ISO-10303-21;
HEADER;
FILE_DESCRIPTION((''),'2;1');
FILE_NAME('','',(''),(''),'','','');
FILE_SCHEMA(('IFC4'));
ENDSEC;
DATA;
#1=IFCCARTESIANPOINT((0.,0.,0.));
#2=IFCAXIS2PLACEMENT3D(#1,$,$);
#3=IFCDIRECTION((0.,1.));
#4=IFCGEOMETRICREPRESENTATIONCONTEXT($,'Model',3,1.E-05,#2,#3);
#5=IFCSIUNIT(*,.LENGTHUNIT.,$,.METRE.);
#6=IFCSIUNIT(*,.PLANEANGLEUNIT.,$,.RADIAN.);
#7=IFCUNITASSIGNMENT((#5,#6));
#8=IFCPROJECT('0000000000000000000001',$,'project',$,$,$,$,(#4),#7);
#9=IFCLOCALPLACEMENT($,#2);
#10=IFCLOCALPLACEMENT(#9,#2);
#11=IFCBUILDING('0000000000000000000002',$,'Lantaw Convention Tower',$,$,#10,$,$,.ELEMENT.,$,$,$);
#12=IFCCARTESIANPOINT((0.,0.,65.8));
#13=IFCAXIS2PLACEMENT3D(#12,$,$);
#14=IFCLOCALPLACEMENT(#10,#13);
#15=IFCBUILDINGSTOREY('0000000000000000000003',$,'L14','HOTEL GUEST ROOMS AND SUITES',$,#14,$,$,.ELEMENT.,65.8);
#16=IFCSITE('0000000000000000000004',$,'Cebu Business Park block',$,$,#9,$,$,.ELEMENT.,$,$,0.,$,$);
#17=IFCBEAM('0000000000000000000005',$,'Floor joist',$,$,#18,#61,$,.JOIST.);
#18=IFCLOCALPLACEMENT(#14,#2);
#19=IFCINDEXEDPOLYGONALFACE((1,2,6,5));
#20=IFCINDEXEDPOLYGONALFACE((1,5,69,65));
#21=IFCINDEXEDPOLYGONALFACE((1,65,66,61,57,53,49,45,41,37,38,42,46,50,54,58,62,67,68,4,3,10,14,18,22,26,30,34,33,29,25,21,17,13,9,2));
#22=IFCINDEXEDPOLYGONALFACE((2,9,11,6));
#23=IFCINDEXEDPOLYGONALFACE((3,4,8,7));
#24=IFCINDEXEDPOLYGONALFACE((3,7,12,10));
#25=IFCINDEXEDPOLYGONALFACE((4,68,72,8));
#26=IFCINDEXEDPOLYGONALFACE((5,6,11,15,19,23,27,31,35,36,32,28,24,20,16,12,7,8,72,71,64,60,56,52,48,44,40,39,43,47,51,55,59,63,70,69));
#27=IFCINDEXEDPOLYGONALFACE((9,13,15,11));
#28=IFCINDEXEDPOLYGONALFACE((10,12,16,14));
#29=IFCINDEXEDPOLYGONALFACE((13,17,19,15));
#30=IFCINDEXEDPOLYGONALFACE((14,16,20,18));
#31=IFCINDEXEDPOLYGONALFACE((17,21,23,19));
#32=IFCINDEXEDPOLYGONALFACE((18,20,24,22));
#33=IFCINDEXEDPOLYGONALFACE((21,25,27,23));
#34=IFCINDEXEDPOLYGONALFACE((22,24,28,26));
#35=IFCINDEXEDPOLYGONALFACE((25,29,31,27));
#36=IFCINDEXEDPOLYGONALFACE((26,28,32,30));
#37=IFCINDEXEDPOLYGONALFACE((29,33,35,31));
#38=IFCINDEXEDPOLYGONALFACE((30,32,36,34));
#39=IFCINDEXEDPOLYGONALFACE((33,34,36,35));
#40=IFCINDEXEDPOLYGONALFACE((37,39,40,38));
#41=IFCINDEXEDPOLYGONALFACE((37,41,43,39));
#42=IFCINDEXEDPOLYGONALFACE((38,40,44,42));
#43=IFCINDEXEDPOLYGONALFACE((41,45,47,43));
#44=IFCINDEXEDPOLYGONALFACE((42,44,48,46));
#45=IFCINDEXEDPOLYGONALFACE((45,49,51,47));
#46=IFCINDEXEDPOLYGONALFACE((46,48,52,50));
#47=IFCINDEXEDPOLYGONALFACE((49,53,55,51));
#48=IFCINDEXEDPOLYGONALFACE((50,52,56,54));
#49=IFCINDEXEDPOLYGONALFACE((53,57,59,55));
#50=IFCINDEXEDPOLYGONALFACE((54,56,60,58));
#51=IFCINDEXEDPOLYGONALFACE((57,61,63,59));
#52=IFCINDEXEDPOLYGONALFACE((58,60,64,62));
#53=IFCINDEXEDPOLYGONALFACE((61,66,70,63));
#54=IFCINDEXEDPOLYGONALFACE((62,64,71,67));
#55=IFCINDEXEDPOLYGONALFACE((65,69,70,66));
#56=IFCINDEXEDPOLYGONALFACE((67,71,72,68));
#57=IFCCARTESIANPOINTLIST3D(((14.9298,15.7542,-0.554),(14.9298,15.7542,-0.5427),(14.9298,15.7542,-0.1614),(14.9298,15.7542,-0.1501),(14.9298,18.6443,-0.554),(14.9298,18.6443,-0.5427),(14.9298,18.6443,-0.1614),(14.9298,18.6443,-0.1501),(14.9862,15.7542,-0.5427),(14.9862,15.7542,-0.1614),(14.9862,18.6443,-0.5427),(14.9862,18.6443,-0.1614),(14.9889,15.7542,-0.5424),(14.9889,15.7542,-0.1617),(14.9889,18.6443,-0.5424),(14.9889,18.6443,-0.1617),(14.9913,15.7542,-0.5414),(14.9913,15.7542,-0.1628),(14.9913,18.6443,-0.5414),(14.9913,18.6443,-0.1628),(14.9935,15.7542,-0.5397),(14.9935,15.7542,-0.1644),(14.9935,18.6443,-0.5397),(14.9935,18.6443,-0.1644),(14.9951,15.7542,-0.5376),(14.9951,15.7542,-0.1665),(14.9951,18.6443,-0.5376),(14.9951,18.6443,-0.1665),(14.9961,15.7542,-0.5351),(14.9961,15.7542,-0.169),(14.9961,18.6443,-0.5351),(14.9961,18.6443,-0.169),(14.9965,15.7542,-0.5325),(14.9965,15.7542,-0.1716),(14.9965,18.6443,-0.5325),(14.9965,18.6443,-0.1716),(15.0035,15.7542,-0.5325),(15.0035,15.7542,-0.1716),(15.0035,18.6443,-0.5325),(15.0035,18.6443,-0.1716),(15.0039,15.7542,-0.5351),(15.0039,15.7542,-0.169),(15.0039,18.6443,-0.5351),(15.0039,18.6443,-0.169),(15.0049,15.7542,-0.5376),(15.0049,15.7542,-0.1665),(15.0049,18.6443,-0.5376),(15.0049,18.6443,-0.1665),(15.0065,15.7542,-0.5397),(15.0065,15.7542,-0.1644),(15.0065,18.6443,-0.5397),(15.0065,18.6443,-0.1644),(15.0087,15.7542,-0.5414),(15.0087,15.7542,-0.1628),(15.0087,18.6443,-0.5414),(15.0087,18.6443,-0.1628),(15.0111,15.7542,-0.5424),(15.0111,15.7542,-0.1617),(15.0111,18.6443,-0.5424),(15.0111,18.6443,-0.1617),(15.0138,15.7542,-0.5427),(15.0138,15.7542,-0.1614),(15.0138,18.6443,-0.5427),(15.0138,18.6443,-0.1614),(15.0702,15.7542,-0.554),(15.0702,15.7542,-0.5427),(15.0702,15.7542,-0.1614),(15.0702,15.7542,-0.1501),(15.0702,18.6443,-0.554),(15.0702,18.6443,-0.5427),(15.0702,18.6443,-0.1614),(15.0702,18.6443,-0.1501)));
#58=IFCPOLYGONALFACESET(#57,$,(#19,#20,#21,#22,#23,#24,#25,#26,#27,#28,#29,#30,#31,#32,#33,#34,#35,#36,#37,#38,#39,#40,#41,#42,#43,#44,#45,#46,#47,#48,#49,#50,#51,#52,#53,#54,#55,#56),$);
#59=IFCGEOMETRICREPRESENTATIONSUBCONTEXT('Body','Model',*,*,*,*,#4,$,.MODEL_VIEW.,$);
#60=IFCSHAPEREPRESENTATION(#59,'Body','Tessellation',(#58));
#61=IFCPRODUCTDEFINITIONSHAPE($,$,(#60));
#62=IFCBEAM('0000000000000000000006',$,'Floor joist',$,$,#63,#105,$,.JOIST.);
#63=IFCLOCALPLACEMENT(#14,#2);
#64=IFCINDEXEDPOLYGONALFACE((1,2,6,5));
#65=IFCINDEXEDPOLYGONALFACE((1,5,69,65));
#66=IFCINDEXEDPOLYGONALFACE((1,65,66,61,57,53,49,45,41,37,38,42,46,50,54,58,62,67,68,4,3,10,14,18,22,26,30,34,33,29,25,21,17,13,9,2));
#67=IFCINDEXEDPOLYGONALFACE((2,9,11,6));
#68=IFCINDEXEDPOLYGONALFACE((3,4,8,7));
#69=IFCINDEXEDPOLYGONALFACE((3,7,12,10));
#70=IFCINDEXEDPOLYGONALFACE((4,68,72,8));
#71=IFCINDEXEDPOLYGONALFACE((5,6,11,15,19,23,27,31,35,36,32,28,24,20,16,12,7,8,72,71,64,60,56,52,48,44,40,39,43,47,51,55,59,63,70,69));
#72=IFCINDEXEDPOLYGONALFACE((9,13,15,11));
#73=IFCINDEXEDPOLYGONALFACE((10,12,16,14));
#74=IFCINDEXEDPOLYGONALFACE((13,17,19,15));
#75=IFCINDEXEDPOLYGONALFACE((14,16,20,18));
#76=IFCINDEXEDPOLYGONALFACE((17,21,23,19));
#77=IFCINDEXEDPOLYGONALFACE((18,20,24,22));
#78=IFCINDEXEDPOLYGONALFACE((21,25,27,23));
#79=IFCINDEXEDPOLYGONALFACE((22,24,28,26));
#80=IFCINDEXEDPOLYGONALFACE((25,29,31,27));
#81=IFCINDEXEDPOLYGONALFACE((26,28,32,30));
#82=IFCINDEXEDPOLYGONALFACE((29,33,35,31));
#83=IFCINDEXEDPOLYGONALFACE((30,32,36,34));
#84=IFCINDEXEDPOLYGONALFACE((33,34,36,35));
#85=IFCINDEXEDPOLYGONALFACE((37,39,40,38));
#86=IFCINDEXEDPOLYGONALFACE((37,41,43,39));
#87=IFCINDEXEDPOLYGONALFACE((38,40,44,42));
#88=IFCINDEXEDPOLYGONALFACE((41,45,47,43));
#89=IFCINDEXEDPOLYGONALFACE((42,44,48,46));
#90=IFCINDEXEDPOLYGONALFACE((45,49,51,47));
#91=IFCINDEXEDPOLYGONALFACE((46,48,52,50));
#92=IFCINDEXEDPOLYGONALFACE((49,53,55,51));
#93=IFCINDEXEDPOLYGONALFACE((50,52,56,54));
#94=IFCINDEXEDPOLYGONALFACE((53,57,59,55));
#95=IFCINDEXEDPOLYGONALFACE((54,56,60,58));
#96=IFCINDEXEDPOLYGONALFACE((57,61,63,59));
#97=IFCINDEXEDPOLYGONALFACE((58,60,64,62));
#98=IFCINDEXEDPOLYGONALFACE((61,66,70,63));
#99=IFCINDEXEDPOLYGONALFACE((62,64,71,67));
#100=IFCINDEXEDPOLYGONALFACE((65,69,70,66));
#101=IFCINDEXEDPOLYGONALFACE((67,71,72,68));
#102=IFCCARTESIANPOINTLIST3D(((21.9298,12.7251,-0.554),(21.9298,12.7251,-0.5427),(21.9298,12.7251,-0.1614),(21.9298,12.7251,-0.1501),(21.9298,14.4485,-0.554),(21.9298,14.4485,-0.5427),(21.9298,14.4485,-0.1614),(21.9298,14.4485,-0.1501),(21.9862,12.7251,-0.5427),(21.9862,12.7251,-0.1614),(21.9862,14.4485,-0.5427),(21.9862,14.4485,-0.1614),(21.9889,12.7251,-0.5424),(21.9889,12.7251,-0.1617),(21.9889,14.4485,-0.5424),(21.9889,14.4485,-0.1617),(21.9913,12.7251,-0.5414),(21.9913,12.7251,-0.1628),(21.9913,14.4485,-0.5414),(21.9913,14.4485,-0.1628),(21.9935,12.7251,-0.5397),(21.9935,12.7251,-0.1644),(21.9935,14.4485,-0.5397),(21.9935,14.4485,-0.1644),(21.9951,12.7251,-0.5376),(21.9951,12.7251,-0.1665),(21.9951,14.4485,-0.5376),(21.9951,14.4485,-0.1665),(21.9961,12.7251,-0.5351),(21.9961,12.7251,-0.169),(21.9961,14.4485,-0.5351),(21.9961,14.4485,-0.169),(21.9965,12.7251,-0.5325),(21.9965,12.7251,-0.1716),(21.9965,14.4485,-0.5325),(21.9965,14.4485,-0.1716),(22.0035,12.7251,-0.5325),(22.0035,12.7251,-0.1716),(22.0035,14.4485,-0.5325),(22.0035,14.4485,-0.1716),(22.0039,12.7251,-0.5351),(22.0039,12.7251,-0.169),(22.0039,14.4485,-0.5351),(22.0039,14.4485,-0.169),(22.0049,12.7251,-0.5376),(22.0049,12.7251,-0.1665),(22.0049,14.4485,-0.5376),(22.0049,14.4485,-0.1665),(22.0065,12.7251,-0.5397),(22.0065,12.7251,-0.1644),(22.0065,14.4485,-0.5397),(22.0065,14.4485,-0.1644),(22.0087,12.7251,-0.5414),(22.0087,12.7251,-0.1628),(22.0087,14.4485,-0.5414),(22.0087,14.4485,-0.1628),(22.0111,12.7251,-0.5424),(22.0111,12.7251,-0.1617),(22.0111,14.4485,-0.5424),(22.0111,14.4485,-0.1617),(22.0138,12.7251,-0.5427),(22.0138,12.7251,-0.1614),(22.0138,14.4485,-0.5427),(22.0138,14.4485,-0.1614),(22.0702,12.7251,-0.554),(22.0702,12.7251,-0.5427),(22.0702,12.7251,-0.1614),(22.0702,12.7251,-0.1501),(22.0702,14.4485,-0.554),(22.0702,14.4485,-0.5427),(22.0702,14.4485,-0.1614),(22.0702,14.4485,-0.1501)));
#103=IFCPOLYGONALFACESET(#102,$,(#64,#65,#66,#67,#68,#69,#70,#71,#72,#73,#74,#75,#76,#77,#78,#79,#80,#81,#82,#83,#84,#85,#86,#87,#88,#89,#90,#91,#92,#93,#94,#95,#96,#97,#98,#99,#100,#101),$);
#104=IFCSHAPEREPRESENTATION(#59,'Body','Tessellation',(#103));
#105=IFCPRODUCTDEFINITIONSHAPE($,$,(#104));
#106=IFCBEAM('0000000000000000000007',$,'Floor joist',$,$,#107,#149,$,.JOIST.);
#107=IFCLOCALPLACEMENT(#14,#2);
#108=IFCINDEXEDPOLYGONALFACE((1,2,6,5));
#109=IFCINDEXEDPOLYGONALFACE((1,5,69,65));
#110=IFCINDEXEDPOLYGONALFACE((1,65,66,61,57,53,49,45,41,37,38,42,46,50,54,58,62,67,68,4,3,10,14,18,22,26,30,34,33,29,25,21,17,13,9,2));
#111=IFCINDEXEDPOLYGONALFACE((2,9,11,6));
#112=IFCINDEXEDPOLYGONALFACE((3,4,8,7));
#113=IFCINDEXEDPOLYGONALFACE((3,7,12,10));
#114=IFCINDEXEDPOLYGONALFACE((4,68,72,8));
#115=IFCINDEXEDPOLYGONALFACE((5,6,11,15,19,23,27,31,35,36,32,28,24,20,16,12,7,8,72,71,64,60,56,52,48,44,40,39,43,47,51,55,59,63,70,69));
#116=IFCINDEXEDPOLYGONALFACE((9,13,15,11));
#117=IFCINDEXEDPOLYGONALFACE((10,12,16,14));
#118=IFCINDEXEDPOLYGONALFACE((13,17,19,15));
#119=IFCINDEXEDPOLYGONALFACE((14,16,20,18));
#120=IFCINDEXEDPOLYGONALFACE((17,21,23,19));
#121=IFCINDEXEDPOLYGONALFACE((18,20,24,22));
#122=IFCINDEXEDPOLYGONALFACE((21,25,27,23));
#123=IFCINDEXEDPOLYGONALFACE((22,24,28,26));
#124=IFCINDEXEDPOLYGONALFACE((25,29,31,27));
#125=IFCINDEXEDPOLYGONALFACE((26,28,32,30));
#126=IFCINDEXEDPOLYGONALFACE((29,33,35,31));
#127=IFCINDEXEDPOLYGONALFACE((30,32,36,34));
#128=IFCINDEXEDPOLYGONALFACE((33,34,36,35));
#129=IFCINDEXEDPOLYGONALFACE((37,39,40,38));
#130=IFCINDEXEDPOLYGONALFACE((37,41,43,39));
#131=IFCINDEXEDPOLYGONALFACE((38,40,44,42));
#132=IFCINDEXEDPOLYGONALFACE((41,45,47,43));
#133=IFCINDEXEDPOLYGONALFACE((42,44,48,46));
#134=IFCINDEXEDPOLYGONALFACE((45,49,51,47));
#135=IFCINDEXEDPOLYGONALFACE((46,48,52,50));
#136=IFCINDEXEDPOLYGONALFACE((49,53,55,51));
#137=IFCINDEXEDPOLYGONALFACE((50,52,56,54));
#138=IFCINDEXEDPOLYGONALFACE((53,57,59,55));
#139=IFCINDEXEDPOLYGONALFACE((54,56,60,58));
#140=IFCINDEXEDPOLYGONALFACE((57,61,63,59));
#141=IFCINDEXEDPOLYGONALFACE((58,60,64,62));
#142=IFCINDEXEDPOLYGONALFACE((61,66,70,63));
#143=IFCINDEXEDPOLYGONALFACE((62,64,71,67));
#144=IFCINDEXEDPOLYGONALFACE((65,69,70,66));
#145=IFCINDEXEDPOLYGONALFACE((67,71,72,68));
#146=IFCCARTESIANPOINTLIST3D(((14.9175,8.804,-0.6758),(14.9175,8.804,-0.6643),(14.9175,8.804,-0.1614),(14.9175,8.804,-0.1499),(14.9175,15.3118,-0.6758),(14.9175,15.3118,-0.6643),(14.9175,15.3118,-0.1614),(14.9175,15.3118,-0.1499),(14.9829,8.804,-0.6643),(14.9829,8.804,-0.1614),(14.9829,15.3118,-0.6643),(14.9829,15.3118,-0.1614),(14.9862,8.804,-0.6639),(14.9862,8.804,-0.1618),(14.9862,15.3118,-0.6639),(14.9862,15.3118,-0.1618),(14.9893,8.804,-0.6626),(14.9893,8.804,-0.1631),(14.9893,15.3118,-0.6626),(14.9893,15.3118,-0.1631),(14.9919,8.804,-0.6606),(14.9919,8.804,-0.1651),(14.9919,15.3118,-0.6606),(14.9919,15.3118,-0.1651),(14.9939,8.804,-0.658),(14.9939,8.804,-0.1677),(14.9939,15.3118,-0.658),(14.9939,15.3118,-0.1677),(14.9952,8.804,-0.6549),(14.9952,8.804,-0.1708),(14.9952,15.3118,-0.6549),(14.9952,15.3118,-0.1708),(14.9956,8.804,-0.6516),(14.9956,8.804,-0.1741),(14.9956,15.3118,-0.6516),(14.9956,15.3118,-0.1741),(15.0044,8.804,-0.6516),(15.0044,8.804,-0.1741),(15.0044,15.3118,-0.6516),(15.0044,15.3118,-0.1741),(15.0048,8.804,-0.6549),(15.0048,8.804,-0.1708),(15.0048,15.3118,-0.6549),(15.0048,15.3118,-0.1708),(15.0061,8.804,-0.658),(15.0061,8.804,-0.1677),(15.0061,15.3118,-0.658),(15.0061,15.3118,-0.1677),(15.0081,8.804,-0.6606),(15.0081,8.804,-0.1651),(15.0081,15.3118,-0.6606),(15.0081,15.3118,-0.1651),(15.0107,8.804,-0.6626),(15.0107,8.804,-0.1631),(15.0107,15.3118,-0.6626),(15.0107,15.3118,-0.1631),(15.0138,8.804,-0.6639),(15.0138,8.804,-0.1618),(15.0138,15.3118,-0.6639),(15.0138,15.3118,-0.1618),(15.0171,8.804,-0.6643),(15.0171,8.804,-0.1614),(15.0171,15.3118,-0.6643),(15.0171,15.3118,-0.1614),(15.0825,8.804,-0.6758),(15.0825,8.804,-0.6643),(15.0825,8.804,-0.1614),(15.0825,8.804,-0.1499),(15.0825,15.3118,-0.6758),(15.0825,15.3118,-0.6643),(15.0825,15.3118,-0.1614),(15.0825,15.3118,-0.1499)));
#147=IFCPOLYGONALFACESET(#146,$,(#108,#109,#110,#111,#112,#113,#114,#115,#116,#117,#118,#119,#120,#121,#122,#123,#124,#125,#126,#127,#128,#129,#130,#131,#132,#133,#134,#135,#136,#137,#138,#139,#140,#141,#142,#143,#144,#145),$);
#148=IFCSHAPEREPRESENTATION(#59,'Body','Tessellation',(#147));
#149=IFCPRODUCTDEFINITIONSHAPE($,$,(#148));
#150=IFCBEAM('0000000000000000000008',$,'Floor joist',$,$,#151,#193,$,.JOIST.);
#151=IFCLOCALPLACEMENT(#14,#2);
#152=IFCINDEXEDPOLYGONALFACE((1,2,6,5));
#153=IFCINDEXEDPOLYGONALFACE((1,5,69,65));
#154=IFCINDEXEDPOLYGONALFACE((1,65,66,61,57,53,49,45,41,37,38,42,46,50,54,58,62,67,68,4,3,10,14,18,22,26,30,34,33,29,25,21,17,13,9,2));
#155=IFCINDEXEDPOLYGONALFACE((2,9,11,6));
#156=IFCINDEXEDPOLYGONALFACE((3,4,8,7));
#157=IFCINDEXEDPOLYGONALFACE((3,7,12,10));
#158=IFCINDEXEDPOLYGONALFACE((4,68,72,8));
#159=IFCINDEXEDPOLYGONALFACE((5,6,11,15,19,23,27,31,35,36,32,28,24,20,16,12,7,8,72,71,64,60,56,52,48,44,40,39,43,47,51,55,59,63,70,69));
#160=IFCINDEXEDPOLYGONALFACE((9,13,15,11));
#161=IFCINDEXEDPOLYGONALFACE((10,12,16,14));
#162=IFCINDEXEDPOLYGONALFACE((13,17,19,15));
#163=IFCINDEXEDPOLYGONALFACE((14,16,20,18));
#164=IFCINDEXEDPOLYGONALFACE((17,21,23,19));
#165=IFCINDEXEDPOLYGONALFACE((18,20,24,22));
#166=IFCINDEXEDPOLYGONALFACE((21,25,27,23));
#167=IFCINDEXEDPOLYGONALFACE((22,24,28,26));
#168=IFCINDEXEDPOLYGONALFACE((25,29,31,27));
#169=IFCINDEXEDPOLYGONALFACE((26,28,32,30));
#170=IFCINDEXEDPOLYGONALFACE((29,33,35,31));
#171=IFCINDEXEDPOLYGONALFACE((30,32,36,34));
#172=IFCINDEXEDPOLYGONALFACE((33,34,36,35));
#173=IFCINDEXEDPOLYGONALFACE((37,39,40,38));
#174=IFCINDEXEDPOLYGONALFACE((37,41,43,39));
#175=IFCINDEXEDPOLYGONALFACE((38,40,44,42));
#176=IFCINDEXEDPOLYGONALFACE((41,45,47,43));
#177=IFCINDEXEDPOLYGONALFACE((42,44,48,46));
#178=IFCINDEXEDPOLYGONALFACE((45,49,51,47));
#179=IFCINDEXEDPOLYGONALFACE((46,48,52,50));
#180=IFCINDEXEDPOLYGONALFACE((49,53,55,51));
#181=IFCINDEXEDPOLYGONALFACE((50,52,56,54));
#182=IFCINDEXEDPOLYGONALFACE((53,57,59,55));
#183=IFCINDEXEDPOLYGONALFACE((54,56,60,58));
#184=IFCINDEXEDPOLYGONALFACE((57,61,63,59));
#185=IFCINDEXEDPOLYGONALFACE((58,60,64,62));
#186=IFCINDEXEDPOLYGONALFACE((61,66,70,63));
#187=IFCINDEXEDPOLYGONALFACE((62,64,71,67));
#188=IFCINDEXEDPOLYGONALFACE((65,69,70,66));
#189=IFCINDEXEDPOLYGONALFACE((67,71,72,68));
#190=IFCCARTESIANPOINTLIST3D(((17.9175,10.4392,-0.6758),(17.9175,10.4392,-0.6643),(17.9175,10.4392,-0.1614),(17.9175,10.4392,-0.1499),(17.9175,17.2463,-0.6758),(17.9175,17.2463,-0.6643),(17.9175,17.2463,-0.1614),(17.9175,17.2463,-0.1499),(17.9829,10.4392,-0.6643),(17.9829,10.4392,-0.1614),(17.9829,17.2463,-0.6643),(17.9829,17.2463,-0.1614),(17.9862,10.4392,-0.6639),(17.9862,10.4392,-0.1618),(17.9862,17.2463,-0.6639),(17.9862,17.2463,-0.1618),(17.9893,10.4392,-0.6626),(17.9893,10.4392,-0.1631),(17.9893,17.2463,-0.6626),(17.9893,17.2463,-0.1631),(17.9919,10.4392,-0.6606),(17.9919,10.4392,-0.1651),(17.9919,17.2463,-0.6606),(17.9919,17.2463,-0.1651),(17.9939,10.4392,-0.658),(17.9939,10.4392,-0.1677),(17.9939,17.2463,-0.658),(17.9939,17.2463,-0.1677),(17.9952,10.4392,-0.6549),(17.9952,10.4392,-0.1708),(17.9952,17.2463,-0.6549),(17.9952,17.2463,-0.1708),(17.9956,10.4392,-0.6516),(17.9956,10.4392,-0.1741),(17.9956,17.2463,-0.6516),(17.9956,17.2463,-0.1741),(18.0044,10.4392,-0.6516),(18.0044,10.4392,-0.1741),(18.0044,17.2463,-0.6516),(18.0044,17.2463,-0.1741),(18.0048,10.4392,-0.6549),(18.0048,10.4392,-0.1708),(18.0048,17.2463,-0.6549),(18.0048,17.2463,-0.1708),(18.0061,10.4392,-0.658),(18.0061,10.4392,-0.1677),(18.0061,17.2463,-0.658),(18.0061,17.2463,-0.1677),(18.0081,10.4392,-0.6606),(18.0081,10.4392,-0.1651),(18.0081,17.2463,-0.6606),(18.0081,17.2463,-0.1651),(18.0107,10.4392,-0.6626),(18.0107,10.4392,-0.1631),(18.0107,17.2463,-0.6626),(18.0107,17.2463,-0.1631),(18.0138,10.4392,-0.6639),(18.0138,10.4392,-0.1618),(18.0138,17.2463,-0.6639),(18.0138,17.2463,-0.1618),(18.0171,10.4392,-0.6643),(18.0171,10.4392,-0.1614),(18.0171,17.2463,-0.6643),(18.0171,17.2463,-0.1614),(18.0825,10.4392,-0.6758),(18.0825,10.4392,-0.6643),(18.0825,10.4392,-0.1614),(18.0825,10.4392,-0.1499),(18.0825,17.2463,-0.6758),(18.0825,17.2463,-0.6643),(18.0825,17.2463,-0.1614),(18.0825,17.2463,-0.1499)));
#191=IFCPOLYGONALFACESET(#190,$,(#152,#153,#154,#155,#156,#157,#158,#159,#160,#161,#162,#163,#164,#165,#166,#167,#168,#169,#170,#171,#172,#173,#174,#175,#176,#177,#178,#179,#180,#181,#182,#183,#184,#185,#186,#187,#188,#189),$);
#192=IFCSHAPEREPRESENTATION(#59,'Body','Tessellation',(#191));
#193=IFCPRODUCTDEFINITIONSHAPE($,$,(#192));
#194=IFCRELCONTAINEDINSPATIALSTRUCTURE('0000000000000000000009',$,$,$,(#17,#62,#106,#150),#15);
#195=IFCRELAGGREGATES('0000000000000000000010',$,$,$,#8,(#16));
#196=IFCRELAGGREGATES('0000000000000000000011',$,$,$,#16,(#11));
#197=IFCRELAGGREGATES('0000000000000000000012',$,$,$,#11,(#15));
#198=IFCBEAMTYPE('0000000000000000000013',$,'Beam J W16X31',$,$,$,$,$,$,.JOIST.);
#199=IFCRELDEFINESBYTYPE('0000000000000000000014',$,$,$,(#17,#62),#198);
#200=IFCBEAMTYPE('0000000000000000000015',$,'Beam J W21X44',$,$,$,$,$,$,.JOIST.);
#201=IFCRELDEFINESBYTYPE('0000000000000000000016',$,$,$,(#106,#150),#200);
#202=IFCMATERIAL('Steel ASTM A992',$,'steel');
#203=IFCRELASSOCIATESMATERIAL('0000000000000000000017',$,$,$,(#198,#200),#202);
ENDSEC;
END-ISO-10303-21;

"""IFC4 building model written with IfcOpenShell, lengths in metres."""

from ifc_helpers import new_model, si_unit, direction, frame, origin, origin_2d, place, context, subcontext, project, spatial, i_section, extrude, material, material_profile, profile_set, type_object, element, save


model = new_model("IFC4")

# Units and contexts
model_context = context("Model", 3, precision=1e-05, world=origin(), true_north=direction((0.0, 1.0)))
body_context = subcontext(model_context, "Body", "Model", "MODEL_VIEW")
ifc_project = project(units=[si_unit("LENGTHUNIT", "METRE"), si_unit("PLANEANGLEUNIT", "RADIAN")], contexts=[model_context])

# Site, building, storey
site_placement = place(None, origin())
site = spatial("IfcSite", under=ifc_project, at=site_placement, Name="Cebu Business Park block", CompositionType="ELEMENT", RefElevation=0.0)
building_placement = place(site_placement, origin())
building = spatial("IfcBuilding", under=site, at=building_placement, Name="Lantaw Convention Tower", CompositionType="ELEMENT")
storey_placement = place(building_placement, frame((0.0, 0.0, 65.8)))
storey = spatial("IfcBuildingStorey", under=building, at=storey_placement, Name="L14", Description="HOTEL GUEST ROOMS AND SUITES", CompositionType="ELEMENT", Elevation=65.8)

# Beams
ifc_material_1 = material(Name="Steel ASTM A992", Category="steel")
ifc_material_profile_1 = material_profile(ifc_material_1, i_section(OverallWidth=0.1404, OverallDepth=0.4038, WebThickness=0.0071, FlangeThickness=0.0112, FilletRadius=0.0103, at=origin_2d()), Name="W16X31")
ifc_profile_set_1 = profile_set([ifc_material_profile_1], Name="Steel ASTM A992")
beam_type_1 = type_object("IfcBeamType", Name="Beam J W16X31", PredefinedType="JOIST", material=ifc_profile_set_1)
beam_1_placement = place(storey_placement, frame((15.0, 15.7542, -0.3521), z_axis=(0.0, 1.0, 0.0), x_axis=(-1.0, 0.0, 0.0)))
element("IfcBeam", 1, at=beam_1_placement, inside=storey, type_object=beam_type_1, Name="Floor joist", PredefinedType="JOIST", context=body_context, shape_type="SweptSolid", body=[
    extrude(i_section(OverallWidth=0.1404, OverallDepth=0.4038, WebThickness=0.0071, FlangeThickness=0.0112, FilletRadius=0.0103, at=origin_2d()), origin(), (0.0, 0.0, 1.0), 2.8901),
])
beam_2_placement = place(storey_placement, frame((22.0, 12.7251, -0.3521), z_axis=(0.0, 1.0, 0.0), x_axis=(-1.0, 0.0, 0.0)))
element("IfcBeam", 2, at=beam_2_placement, inside=storey, type_object=beam_type_1, Name="Floor joist", PredefinedType="JOIST", context=body_context, shape_type="SweptSolid", body=[
    extrude(i_section(OverallWidth=0.1404, OverallDepth=0.4038, WebThickness=0.0071, FlangeThickness=0.0112, FilletRadius=0.0103, at=origin_2d()), origin(), (0.0, 0.0, 1.0), 1.7234),
])
ifc_material_profile_2 = material_profile(ifc_material_1, i_section(OverallWidth=0.165, OverallDepth=0.5259, WebThickness=0.0088, FlangeThickness=0.0115, FilletRadius=0.0127, at=origin_2d()), Name="W21X44")
ifc_profile_set_2 = profile_set([ifc_material_profile_2], Name="Steel ASTM A992")
beam_type_2 = type_object("IfcBeamType", Name="Beam J W21X44", PredefinedType="JOIST", material=ifc_profile_set_2)
beam_3_placement = place(storey_placement, frame((15.0, 8.804, -0.4128), z_axis=(0.0, 1.0, 0.0), x_axis=(-1.0, 0.0, 0.0)))
element("IfcBeam", 3, at=beam_3_placement, inside=storey, type_object=beam_type_2, Name="Floor joist", PredefinedType="JOIST", context=body_context, shape_type="SweptSolid", body=[
    extrude(i_section(OverallWidth=0.165, OverallDepth=0.5259, WebThickness=0.0088, FlangeThickness=0.0115, FilletRadius=0.0127, at=origin_2d()), origin(), (0.0, 0.0, 1.0), 6.5078),
])
beam_4_placement = place(storey_placement, frame((18.0, 10.4392, -0.4128), z_axis=(0.0, 1.0, 0.0), x_axis=(-1.0, 0.0, 0.0)))
element("IfcBeam", 4, at=beam_4_placement, inside=storey, type_object=beam_type_2, Name="Floor joist", PredefinedType="JOIST", context=body_context, shape_type="SweptSolid", body=[
    extrude(i_section(OverallWidth=0.165, OverallDepth=0.5259, WebThickness=0.0088, FlangeThickness=0.0115, FilletRadius=0.0127, at=origin_2d()), origin(), (0.0, 0.0, 1.0), 6.8071),
])

save(model, "model.ifc")
